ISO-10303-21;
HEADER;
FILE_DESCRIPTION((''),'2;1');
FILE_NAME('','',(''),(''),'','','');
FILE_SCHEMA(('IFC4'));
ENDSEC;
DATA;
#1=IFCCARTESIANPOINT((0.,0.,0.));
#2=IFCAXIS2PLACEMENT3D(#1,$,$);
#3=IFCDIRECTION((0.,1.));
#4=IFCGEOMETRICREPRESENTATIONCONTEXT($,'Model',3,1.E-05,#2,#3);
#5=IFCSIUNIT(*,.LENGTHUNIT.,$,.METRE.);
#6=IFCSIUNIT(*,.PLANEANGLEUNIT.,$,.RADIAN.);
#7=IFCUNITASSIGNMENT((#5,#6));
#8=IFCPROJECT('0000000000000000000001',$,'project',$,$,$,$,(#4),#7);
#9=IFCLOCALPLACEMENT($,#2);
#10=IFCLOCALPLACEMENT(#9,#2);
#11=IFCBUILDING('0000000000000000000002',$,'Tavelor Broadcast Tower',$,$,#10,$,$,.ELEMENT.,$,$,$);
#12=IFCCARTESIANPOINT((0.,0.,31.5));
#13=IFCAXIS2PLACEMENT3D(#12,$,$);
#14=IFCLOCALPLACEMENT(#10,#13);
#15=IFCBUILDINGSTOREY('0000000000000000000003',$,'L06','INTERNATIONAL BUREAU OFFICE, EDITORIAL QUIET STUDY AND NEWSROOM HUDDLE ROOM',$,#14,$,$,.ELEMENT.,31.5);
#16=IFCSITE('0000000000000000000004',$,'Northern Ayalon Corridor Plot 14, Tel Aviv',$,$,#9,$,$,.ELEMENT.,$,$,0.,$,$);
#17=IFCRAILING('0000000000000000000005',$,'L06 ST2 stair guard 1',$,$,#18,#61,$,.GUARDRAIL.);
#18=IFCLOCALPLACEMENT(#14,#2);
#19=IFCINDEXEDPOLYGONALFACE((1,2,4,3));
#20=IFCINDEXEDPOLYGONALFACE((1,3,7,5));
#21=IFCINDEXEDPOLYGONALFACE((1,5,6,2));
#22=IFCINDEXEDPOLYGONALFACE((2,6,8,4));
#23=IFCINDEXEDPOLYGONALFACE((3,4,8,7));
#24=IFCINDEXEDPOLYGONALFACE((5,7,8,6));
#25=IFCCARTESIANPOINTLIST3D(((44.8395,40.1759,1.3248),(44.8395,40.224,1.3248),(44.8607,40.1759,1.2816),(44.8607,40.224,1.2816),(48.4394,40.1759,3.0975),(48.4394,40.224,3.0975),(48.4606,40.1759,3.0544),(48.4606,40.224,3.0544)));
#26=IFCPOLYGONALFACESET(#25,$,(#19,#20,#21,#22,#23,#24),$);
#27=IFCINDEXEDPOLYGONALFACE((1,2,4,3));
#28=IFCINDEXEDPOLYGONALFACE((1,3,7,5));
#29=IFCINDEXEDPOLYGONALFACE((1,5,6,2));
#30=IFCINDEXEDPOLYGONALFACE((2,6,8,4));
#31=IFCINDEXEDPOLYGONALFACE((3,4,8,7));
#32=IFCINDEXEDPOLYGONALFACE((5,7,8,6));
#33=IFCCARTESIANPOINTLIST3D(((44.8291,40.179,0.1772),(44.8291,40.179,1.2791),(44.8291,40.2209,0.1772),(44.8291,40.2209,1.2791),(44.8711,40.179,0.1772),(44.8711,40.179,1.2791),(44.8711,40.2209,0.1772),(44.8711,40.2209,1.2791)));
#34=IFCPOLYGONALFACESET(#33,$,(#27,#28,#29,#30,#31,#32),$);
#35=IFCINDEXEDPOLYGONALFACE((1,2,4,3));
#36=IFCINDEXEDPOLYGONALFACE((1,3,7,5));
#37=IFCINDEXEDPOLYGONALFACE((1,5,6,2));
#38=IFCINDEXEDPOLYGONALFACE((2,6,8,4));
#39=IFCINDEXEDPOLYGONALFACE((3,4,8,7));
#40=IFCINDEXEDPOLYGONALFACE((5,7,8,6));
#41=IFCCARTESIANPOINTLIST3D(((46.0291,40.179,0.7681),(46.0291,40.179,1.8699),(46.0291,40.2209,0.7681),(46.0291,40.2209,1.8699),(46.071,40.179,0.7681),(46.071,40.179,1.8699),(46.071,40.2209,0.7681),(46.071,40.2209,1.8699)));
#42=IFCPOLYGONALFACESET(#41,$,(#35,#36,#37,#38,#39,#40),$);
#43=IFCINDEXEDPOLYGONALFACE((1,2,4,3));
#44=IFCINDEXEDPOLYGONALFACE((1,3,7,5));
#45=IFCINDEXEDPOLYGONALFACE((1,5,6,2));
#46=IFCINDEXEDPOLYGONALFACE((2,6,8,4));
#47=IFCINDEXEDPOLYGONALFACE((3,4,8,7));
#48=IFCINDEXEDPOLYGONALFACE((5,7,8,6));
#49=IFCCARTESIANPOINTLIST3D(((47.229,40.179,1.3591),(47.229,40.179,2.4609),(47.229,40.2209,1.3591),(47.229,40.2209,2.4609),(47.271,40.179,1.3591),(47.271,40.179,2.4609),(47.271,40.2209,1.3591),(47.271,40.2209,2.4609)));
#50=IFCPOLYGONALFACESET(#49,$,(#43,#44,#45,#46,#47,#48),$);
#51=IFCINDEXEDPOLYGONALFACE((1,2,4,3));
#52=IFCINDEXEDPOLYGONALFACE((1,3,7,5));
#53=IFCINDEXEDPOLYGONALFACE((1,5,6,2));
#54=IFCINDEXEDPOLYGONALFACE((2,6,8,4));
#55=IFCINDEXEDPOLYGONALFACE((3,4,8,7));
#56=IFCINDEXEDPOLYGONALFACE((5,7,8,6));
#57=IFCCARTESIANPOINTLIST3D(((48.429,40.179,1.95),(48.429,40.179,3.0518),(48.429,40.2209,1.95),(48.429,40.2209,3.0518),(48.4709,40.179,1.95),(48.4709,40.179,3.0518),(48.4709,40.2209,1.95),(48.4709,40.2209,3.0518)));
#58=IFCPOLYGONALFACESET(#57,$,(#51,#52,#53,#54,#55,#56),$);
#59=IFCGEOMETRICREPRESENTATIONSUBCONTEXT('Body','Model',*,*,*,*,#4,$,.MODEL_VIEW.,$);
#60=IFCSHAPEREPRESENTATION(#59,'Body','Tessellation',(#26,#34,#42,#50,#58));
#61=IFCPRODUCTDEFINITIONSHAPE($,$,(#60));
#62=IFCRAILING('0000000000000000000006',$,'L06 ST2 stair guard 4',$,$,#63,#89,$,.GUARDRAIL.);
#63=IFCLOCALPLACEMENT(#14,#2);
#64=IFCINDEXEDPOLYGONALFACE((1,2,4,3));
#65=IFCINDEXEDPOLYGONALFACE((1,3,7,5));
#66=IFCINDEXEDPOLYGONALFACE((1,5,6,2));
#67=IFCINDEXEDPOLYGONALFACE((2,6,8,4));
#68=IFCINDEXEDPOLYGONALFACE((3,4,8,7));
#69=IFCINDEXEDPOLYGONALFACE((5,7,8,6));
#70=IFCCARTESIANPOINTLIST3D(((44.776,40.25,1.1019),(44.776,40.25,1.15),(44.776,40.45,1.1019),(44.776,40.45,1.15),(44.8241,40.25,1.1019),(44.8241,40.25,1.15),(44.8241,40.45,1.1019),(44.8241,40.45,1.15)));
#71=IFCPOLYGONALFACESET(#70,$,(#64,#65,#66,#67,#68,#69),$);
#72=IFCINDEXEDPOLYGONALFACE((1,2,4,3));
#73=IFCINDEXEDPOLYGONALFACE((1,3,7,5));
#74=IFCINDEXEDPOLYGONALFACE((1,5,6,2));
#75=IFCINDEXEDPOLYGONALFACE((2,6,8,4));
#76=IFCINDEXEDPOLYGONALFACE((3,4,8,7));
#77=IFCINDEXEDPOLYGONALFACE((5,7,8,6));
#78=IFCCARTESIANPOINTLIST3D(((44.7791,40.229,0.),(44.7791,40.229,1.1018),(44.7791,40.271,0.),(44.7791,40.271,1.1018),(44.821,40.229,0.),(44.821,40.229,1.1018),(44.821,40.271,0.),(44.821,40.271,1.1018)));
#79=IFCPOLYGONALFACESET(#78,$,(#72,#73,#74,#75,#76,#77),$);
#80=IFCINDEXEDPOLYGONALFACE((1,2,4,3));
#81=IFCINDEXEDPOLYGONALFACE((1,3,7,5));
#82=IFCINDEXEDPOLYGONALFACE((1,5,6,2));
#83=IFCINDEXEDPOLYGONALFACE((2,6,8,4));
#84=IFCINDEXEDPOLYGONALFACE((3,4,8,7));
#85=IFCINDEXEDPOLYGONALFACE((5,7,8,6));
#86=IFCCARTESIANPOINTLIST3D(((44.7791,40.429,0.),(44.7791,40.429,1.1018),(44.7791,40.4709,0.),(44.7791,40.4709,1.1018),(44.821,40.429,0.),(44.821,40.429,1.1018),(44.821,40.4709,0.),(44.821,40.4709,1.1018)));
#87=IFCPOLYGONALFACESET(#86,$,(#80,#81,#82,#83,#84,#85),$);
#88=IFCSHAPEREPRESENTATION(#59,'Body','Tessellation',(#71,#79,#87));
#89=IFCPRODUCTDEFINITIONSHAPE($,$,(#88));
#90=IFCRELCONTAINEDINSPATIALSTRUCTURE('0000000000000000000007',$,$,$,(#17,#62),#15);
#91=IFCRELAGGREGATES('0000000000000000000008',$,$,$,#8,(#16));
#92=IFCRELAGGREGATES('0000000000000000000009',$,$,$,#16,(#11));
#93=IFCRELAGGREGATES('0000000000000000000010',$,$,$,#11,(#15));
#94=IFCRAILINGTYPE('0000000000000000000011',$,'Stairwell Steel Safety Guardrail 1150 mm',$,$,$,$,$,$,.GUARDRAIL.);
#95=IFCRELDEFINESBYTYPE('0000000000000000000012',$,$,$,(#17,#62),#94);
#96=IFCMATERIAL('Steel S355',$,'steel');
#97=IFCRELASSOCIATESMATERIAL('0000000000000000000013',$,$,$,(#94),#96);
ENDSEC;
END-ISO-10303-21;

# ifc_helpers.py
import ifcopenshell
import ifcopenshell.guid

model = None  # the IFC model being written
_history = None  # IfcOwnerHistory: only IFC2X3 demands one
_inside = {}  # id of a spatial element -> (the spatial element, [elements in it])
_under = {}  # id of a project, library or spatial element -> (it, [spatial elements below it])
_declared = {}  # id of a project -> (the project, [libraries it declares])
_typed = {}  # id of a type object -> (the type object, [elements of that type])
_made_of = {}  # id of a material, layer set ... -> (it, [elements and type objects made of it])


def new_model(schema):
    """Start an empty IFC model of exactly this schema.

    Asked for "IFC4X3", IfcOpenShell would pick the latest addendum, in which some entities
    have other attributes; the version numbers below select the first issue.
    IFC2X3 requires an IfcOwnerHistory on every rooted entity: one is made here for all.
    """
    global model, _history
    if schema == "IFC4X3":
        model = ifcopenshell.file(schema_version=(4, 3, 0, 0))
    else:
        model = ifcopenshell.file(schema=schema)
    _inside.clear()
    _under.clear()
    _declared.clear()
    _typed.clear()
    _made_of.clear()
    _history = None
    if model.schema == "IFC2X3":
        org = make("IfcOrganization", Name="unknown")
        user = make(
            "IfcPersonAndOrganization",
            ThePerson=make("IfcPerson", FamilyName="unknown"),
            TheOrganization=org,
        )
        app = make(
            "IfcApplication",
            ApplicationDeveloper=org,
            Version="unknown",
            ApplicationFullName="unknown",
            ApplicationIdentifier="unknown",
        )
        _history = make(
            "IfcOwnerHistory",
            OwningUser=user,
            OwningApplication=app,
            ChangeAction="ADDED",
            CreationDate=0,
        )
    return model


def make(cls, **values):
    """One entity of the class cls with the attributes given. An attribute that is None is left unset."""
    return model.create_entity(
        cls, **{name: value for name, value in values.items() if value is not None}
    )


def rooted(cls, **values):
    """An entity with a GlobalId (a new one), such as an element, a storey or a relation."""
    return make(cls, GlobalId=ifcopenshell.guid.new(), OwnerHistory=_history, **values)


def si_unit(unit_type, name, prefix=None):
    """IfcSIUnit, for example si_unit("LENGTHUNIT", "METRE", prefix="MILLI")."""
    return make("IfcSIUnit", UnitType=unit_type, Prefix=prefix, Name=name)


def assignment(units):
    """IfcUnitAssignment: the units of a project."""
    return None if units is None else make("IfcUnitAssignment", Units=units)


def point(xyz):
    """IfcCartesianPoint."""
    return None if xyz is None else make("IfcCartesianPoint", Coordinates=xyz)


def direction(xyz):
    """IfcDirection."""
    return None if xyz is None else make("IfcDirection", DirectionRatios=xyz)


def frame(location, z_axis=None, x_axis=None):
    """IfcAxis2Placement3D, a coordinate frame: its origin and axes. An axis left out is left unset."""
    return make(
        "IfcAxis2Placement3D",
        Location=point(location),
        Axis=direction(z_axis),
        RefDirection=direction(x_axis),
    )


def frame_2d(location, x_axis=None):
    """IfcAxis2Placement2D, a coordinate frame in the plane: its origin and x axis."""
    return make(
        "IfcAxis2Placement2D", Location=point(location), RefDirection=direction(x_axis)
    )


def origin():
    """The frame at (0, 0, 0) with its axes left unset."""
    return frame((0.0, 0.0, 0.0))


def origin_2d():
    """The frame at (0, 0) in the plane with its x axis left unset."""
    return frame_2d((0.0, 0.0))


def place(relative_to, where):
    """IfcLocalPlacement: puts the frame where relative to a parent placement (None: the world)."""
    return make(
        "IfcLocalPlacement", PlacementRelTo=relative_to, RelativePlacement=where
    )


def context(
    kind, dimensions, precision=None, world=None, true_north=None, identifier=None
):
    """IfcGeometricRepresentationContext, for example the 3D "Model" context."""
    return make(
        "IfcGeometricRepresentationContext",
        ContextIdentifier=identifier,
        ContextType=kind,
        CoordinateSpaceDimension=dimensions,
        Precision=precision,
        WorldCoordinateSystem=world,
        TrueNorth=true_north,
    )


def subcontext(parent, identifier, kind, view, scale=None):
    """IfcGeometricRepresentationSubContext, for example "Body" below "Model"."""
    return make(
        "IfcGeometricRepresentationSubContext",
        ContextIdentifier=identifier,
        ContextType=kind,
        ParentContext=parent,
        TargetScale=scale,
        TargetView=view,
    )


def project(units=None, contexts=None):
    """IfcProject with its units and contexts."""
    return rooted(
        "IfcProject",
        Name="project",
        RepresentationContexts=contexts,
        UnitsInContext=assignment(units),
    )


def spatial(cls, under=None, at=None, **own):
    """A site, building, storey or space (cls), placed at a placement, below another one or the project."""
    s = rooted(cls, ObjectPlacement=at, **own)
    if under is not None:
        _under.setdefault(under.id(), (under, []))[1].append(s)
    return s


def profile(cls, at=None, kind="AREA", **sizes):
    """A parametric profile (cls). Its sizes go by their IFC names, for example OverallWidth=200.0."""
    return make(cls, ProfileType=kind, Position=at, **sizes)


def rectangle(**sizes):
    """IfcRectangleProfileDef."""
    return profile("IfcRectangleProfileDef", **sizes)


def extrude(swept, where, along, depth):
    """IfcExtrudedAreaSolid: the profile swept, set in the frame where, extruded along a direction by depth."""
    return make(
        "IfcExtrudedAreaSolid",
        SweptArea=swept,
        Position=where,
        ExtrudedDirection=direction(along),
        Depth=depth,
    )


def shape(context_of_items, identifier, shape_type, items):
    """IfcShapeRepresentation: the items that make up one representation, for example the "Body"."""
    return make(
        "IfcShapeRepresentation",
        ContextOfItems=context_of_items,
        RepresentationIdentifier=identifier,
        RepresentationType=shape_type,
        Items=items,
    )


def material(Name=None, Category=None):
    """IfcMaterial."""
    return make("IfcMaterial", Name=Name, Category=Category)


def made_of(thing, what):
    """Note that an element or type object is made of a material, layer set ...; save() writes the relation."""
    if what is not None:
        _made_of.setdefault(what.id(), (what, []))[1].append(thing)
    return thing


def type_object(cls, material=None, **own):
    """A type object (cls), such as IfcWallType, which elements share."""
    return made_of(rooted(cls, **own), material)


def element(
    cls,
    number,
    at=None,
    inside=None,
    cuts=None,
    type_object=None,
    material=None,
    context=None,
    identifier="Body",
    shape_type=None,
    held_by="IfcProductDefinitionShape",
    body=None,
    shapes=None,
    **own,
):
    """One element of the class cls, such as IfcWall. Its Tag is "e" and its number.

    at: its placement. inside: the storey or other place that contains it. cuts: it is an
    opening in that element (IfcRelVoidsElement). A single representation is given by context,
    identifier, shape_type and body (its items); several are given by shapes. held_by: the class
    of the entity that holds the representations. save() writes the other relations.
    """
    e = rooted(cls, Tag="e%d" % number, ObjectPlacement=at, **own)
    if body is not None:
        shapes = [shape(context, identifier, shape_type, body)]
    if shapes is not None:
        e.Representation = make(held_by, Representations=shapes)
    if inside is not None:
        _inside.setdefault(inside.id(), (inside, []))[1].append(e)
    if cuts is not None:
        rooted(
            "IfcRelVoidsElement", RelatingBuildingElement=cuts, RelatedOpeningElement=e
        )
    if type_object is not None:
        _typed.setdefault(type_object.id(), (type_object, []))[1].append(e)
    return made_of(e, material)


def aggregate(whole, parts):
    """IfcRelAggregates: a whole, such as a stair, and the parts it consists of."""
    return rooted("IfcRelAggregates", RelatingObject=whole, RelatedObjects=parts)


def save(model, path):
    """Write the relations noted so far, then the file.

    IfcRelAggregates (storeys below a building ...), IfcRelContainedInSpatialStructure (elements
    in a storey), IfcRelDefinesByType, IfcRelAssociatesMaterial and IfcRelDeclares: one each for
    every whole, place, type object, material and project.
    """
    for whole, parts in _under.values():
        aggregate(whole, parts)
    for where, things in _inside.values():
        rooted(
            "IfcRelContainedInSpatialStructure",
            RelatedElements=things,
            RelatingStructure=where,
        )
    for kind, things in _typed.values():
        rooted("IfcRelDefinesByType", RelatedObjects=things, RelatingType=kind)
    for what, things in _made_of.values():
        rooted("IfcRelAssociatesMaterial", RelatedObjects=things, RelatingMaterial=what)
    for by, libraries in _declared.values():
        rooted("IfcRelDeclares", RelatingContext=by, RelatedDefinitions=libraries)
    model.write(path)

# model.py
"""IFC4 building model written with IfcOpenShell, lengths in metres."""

from ifc_helpers import new_model, si_unit, direction, frame, origin, origin_2d, place, context, subcontext, project, spatial, rectangle, extrude, material, type_object, element, save


model = new_model("IFC4")

# Units and contexts
model_context = context("Model", 3, precision=1e-05, world=origin(), true_north=direction((0.0, 1.0)))
body_context = subcontext(model_context, "Body", "Model", "MODEL_VIEW")
ifc_project = project(units=[si_unit("LENGTHUNIT", "METRE"), si_unit("PLANEANGLEUNIT", "RADIAN")], contexts=[model_context])

# Site, building, storey
site_placement = place(None, origin())
site = spatial("IfcSite", under=ifc_project, at=site_placement, Name="Northern Ayalon Corridor Plot 14, Tel Aviv", CompositionType="ELEMENT", RefElevation=0.0)
building_placement = place(site_placement, origin())
building = spatial("IfcBuilding", under=site, at=building_placement, Name="Tavelor Broadcast Tower", CompositionType="ELEMENT")
storey_placement = place(building_placement, frame((0.0, 0.0, 31.5)))
storey = spatial("IfcBuildingStorey", under=building, at=storey_placement, Name="L06", Description="INTERNATIONAL BUREAU OFFICE, EDITORIAL QUIET STUDY AND NEWSROOM HUDDLE ROOM", CompositionType="ELEMENT", Elevation=31.5)

# Shared definitions
ifc_material_1 = material(Name="Steel S355", Category="steel")

# Railings
railing_type_1 = type_object("IfcRailingType", Name="Stairwell Steel Safety Guardrail 1150 mm", PredefinedType="GUARDRAIL", material=ifc_material_1)
railing_1_placement = place(storey_placement, frame((44.8501, 40.2, 0.1772)))
element("IfcRailing", 1, at=railing_1_placement, inside=storey, type_object=railing_type_1, Name="L06 ST2 stair guard 1", PredefinedType="GUARDRAIL", context=body_context, shape_type="SweptSolid", body=[
    extrude(rectangle(XDim=0.0481, YDim=0.0481, at=origin_2d()), frame((0.0, 0.0, 1.126), z_axis=(0.897124, 0.0, 0.441778), x_axis=(0.0, 1.0, 0.0)), (0.0, 0.0, 1.0), 4.0127),
    extrude(rectangle(XDim=0.042, YDim=0.042, at=origin_2d()), origin(), (0.0, 0.0, 1.0), 1.1018),
    extrude(rectangle(XDim=0.042, YDim=0.042, at=origin_2d()), frame((1.2, 0.0, 0.5908)), (0.0, 0.0, 1.0), 1.1018),
    extrude(rectangle(XDim=0.042, YDim=0.042, at=origin_2d()), frame((2.3999, 0.0, 1.1819)), (0.0, 0.0, 1.0), 1.1018),
    extrude(rectangle(XDim=0.042, YDim=0.042, at=origin_2d()), frame((3.5999, 0.0, 1.7727)), (0.0, 0.0, 1.0), 1.1018),
])
railing_2_placement = place(storey_placement, frame((44.8, 40.25, 0.0)))
element("IfcRailing", 2, at=railing_2_placement, inside=storey, type_object=railing_type_1, Name="L06 ST2 stair guard 4", PredefinedType="GUARDRAIL", context=body_context, shape_type="SweptSolid", body=[
    extrude(rectangle(XDim=0.0481, YDim=0.0481, at=origin_2d()), frame((0.0, 0.0, 1.126), z_axis=(0.0, 1.0, 0.0), x_axis=(-1.0, 0.0, 0.0)), (0.0, 0.0, 1.0), 0.2),
    extrude(rectangle(XDim=0.042, YDim=0.042, at=origin_2d()), origin(), (0.0, 0.0, 1.0), 1.1018),
    extrude(rectangle(XDim=0.042, YDim=0.042, at=origin_2d()), frame((0.0, 0.2, 0.0)), (0.0, 0.0, 1.0), 1.1018),
])

save(model, "model.ifc")
